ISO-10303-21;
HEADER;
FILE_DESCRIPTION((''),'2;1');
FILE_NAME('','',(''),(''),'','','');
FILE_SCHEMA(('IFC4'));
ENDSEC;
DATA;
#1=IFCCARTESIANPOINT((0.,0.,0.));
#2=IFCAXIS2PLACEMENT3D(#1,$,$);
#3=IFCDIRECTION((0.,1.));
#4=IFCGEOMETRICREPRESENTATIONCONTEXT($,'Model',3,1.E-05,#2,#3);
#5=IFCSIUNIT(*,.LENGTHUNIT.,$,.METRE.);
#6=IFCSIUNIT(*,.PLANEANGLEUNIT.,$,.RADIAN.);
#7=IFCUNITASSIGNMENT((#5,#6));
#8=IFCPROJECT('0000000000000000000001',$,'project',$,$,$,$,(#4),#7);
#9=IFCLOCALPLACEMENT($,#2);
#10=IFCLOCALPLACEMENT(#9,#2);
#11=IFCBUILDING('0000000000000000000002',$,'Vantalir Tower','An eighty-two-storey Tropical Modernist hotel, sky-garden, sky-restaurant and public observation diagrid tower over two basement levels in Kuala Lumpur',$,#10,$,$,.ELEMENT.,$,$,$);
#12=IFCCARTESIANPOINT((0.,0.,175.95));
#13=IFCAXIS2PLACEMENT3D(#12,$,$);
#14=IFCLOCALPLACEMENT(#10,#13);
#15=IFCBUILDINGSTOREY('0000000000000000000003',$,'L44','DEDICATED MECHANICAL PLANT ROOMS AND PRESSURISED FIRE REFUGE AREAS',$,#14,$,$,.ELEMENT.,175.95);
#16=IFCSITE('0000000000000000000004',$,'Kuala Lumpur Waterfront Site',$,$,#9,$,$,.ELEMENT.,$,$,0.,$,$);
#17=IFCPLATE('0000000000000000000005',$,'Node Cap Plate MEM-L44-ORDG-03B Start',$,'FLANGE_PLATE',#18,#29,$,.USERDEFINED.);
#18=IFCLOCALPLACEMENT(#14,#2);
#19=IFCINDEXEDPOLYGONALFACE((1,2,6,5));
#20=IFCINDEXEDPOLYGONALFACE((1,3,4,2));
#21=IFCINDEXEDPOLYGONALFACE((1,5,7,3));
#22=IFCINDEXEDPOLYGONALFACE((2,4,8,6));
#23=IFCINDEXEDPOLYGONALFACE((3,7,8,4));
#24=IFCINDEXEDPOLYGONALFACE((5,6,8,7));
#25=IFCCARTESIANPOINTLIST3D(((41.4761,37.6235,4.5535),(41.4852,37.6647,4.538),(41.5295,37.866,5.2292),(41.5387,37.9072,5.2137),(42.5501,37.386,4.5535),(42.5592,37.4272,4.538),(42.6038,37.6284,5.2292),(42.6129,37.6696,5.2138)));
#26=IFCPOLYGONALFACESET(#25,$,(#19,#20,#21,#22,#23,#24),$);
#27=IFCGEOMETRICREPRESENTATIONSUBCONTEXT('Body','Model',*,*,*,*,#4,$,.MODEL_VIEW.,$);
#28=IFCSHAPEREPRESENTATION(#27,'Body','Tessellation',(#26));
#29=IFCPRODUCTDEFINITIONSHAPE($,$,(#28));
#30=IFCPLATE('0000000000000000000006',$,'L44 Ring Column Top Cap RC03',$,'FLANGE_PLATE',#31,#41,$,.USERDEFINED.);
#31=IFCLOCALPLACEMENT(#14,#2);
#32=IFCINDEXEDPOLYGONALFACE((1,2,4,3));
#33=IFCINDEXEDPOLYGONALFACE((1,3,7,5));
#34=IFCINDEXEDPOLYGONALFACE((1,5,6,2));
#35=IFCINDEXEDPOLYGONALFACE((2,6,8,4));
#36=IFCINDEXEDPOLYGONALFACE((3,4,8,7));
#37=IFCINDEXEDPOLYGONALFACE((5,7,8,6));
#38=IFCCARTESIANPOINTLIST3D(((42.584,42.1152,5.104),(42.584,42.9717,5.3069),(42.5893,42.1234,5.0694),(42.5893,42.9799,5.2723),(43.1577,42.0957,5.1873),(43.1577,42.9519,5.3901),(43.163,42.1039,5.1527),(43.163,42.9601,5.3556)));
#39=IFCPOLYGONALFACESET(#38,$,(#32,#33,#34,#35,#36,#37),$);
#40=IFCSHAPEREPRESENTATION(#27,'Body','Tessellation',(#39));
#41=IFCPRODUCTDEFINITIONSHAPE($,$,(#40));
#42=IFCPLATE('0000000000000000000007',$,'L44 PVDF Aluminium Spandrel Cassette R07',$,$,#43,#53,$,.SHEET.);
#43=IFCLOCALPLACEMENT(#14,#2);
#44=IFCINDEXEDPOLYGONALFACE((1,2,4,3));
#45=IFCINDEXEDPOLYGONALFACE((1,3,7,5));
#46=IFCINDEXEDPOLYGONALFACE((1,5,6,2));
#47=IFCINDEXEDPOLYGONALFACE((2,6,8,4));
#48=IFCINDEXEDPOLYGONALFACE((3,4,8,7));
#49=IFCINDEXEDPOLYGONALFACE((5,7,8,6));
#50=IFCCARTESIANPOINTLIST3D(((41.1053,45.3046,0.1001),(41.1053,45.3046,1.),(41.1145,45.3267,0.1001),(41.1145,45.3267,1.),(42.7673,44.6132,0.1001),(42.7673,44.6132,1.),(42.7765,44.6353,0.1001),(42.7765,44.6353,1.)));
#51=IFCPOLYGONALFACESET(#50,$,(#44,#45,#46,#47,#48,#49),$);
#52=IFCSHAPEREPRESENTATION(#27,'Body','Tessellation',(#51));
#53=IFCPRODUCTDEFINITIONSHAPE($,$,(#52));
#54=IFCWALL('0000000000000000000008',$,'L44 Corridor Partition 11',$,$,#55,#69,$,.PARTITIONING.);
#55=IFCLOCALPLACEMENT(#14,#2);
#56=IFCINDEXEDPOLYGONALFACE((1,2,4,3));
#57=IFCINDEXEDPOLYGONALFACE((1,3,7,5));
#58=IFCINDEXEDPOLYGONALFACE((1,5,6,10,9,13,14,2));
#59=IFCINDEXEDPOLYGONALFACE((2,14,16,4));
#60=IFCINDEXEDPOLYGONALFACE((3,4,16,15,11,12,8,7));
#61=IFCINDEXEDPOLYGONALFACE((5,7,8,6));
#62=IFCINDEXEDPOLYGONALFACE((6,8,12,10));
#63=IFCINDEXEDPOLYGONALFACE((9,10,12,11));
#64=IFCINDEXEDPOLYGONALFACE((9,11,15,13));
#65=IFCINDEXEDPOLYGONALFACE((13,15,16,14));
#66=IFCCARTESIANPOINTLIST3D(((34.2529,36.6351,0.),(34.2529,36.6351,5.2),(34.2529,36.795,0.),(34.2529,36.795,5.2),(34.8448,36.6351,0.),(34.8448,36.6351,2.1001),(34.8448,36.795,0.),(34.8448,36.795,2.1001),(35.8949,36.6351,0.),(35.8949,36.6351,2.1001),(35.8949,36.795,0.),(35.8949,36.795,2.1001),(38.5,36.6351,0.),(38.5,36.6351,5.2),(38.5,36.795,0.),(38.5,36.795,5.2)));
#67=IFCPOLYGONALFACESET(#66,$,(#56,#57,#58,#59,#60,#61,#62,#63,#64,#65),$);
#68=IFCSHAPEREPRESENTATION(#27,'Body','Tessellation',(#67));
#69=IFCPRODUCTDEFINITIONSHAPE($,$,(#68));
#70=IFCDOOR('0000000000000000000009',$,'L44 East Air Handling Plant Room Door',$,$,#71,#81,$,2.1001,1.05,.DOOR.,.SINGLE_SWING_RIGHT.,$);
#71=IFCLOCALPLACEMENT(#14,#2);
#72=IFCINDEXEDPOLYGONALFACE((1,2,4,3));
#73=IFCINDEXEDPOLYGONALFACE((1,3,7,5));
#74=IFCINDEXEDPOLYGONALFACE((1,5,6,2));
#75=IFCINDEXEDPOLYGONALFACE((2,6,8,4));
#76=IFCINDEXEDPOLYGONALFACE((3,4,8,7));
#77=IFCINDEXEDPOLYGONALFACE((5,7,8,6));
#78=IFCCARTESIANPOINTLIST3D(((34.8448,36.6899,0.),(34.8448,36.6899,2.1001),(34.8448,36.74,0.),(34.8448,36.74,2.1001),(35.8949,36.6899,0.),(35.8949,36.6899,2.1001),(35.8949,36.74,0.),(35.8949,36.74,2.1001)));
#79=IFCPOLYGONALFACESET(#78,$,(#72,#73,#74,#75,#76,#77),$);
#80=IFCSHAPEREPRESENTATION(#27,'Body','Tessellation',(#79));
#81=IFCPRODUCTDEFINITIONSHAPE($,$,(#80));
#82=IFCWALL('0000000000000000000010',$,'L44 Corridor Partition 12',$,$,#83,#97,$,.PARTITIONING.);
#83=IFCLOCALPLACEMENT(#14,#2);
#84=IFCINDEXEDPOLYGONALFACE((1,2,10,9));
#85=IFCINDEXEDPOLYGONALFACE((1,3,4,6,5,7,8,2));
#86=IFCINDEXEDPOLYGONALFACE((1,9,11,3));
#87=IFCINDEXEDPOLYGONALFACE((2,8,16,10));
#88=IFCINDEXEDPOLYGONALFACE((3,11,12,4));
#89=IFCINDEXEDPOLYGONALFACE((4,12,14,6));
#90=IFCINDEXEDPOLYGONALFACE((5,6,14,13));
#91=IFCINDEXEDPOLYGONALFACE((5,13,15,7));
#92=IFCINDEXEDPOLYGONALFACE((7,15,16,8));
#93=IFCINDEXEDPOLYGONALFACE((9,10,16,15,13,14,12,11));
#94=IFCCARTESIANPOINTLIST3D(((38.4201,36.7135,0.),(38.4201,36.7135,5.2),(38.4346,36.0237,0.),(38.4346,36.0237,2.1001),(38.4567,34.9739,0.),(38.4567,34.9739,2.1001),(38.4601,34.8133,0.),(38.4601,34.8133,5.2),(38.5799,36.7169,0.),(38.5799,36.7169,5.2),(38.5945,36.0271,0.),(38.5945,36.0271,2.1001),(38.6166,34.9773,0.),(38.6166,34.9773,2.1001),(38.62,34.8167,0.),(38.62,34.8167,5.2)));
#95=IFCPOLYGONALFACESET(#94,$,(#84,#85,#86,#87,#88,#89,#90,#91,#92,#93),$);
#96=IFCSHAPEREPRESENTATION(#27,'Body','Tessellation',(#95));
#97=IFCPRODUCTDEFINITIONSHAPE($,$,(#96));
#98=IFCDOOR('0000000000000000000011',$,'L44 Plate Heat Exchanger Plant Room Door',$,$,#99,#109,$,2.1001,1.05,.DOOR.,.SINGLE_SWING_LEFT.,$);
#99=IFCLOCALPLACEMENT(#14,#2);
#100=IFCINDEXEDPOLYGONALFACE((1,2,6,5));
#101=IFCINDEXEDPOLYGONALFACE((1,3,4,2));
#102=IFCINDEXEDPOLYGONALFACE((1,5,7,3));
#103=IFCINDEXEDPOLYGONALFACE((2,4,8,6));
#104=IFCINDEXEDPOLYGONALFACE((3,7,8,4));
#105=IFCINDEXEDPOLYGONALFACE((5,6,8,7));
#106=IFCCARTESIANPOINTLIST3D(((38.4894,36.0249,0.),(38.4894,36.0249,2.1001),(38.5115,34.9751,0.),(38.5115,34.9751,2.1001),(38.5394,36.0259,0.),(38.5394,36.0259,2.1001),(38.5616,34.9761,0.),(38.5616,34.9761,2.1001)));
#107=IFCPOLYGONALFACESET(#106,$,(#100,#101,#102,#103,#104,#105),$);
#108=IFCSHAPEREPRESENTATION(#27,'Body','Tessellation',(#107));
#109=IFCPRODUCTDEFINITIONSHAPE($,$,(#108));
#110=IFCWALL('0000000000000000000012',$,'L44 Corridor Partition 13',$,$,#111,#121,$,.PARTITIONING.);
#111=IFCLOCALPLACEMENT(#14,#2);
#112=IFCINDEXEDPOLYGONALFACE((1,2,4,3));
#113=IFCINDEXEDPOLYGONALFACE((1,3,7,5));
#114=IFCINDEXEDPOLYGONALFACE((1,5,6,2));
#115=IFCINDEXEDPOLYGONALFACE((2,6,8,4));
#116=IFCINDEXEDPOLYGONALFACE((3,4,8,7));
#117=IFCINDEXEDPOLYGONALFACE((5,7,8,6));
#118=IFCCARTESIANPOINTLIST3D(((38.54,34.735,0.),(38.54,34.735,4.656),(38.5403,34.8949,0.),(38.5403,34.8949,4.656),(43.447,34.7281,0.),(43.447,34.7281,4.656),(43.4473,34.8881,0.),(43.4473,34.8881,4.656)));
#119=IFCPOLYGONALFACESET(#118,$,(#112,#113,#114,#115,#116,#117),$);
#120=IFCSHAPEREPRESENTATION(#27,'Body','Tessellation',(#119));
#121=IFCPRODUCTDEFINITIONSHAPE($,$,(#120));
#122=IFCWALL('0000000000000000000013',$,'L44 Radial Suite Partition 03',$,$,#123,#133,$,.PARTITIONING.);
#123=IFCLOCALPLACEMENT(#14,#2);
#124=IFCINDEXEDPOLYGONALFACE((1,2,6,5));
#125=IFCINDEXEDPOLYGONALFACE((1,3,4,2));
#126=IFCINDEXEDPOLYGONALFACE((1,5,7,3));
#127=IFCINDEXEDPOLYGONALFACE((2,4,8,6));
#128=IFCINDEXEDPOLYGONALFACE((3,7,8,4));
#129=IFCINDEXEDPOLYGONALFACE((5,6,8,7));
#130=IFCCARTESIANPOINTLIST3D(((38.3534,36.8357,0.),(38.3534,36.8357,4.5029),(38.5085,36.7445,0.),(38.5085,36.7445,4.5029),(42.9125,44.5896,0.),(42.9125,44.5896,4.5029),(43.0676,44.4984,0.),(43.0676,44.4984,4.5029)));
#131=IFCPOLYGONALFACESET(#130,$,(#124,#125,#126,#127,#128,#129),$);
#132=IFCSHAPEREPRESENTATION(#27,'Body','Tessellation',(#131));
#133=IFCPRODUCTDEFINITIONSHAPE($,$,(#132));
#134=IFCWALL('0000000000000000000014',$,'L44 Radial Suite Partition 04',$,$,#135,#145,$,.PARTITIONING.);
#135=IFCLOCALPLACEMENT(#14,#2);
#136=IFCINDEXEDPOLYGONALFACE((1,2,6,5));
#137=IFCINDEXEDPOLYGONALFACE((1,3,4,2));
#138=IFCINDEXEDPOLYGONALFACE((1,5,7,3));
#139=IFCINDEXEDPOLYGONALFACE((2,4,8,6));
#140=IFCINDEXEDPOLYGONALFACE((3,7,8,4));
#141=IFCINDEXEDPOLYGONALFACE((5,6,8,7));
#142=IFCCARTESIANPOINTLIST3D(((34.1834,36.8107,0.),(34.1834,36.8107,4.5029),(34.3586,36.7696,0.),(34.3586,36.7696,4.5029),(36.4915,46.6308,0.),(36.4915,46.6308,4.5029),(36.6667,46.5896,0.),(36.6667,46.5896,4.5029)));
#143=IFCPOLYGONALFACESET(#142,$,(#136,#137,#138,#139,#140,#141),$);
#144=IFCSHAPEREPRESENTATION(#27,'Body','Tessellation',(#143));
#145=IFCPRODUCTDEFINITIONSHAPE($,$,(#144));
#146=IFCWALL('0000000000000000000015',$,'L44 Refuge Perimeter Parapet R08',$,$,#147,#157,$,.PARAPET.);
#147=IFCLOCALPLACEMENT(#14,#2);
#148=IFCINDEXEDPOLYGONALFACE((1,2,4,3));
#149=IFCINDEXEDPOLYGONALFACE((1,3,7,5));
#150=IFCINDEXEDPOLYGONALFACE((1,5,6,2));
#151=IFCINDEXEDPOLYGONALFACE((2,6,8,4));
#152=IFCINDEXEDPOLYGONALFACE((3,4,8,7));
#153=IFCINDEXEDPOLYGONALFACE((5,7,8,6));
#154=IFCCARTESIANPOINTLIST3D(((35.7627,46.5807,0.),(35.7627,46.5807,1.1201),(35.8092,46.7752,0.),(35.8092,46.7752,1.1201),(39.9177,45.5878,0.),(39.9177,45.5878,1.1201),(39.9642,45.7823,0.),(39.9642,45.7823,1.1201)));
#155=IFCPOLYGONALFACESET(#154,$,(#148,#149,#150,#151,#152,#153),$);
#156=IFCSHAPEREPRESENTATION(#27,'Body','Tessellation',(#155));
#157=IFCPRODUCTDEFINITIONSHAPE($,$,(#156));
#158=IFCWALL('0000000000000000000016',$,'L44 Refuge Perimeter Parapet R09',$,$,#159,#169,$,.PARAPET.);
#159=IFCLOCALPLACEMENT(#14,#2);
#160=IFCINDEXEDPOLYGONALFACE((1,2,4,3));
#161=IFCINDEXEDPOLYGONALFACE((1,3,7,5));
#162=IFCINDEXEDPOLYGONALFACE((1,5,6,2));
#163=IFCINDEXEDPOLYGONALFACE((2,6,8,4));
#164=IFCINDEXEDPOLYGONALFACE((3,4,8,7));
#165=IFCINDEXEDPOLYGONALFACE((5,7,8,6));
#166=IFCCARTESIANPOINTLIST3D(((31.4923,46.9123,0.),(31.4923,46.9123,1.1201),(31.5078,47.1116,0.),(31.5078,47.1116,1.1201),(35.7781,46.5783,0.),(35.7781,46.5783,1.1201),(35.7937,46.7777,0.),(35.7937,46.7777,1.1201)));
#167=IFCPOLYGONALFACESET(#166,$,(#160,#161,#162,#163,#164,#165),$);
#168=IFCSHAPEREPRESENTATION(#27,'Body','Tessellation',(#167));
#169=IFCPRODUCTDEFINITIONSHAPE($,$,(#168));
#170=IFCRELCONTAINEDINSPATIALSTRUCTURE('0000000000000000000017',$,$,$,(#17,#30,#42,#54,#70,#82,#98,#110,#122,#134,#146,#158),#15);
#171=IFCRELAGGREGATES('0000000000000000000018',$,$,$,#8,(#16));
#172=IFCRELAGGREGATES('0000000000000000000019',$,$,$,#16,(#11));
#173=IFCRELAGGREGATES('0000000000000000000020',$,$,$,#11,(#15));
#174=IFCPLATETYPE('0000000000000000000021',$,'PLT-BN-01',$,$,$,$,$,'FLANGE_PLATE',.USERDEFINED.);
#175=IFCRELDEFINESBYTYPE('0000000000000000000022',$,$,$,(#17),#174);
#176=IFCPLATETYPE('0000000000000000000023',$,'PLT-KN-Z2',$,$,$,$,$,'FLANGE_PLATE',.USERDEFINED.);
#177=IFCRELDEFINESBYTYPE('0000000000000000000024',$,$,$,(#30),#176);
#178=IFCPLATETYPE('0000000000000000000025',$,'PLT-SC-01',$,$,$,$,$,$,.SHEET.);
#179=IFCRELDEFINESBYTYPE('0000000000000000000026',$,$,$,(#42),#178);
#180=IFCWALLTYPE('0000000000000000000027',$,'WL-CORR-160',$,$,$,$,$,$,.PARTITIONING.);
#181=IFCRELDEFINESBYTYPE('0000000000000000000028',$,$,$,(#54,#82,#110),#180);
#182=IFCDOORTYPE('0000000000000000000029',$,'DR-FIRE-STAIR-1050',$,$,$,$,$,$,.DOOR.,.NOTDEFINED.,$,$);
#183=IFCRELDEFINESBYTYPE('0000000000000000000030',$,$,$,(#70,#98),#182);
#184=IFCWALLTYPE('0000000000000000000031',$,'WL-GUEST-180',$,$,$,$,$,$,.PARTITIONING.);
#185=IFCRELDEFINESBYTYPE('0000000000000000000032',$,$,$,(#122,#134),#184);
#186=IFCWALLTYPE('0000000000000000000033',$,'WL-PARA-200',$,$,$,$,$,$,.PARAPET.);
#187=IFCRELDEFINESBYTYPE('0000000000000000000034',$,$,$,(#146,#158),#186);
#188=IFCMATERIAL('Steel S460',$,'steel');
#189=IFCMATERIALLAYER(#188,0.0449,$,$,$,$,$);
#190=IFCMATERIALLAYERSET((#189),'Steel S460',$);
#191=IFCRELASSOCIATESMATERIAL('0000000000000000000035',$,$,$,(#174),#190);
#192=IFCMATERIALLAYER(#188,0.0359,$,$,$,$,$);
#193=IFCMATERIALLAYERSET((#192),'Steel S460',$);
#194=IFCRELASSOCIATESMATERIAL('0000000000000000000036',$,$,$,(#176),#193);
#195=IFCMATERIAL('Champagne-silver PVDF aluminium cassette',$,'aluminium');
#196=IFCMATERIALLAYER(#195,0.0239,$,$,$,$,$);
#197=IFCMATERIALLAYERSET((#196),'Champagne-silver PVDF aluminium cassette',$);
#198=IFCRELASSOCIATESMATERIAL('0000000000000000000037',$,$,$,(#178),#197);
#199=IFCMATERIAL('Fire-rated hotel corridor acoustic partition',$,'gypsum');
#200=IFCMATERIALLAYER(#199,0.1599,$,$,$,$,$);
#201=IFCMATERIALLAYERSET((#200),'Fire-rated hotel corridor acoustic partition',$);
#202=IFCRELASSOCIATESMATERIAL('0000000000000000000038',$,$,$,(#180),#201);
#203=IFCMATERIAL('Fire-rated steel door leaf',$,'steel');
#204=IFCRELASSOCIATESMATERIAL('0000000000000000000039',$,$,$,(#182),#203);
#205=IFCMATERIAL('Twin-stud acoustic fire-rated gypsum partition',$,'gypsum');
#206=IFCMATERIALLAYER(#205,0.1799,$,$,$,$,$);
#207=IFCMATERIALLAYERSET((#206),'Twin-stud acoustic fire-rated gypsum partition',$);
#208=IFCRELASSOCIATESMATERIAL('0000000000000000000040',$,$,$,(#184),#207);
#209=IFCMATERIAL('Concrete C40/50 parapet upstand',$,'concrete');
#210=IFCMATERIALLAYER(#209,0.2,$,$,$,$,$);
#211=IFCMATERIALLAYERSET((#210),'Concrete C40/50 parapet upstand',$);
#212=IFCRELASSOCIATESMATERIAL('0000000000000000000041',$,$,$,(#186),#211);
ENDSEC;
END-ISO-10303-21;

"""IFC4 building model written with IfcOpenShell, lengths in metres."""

from ifc_helpers import new_model, si_unit, direction, frame, frame_2d, origin, origin_2d, place, context, subcontext, project, spatial, polyline, rectangle, outline, extrude, material, layer, layer_set, type_object, element, fill, save


model = new_model("IFC4")

# Units and contexts
model_context = context("Model", 3, precision=1e-05, world=origin(), true_north=direction((0.0, 1.0)))
body_context = subcontext(model_context, "Body", "Model", "MODEL_VIEW")
ifc_project = project(units=[si_unit("LENGTHUNIT", "METRE"), si_unit("PLANEANGLEUNIT", "RADIAN")], contexts=[model_context])

# Site, building, storey
site_placement = place(None, origin())
site = spatial("IfcSite", under=ifc_project, at=site_placement, Name="Kuala Lumpur Waterfront Site", CompositionType="ELEMENT", RefElevation=0.0)
building_placement = place(site_placement, origin())
building = spatial("IfcBuilding", under=site, at=building_placement, Name="Vantalir Tower", Description="An eighty-two-storey Tropical Modernist hotel, sky-garden, sky-restaurant and public observation diagrid tower over two basement levels in Kuala Lumpur", CompositionType="ELEMENT")
storey_placement = place(building_placement, frame((0.0, 0.0, 175.95)))
storey = spatial("IfcBuildingStorey", under=building, at=storey_placement, Name="L44", Description="DEDICATED MECHANICAL PLANT ROOMS AND PRESSURISED FIRE REFUGE AREAS", CompositionType="ELEMENT", Elevation=175.95)

# Shared definitions
ifc_material_1 = material(Name="Steel S460", Category="steel")

# Plates
ifc_layer_1 = layer(ifc_material_1, 0.0449)
ifc_layer_set_1 = layer_set([ifc_layer_1], Name="Steel S460")
plate_type_1 = type_object("IfcPlateType", Name="PLT-BN-01", ElementType="FLANGE_PLATE", PredefinedType="USERDEFINED", material=ifc_layer_set_1)
plate_1_placement = place(storey_placement, frame((41.4761, 37.6235, 4.5535), z_axis=(-0.202696, -0.916506, 0.344864), x_axis=(0.976405, -0.215946, -0.000008)))
element("IfcPlate", 1, at=plate_1_placement, inside=storey, type_object=plate_type_1, Name="Node Cap Plate MEM-L44-ORDG-03B Start", ObjectType="FLANGE_PLATE", PredefinedType="USERDEFINED", context=body_context, shape_type="SweptSolid", body=[
    extrude(outline(polyline([(0.0, 0.0), (1.0999, 0.0), (1.1, 0.72), (-0.0002, 0.7199), (0.0, 0.0)])), origin(), (0.0, 0.0, -1.0), 0.0449),
])
ifc_layer_2 = layer(ifc_material_1, 0.0359)
ifc_layer_set_2 = layer_set([ifc_layer_2], Name="Steel S460")
plate_type_2 = type_object("IfcPlateType", Name="PLT-KN-Z2", ElementType="FLANGE_PLATE", PredefinedType="USERDEFINED", material=ifc_layer_set_2)
plate_2_placement = place(storey_placement, frame((42.584, 42.9717, 5.3069), z_axis=(-0.147465, -0.228019, 0.962425), x_axis=(0.000005, -0.973063, -0.230538)))
element("IfcPlate", 2, at=plate_2_placement, inside=storey, type_object=plate_type_2, Name="L44 Ring Column Top Cap RC03", ObjectType="FLANGE_PLATE", PredefinedType="USERDEFINED", context=body_context, shape_type="SweptSolid", body=[
    extrude(outline(polyline([(0.0, 0.0), (0.8801, 0.0), (0.88, 0.5801), (0.0001, 0.5801), (0.0, 0.0)])), origin(), (0.0, 0.0, -1.0), 0.0359),
])
ifc_material_2 = material(Name="Champagne-silver PVDF aluminium cassette", Category="aluminium")
ifc_layer_3 = layer(ifc_material_2, 0.0239)
ifc_layer_set_3 = layer_set([ifc_layer_3], Name="Champagne-silver PVDF aluminium cassette")
plate_type_3 = type_object("IfcPlateType", Name="PLT-SC-01", PredefinedType="SHEET", material=ifc_layer_set_3)
plate_3_placement = place(storey_placement, frame((41.9409, 44.97, 0.1001), z_axis=(0.0, 0.0, 1.0), x_axis=(-0.923291, 0.384102, 0.0)))
element("IfcPlate", 3, at=plate_3_placement, inside=storey, type_object=plate_type_3, Name="L44 PVDF Aluminium Spandrel Cassette R07", PredefinedType="SHEET", context=body_context, shape_type="SweptSolid", body=[
    extrude(rectangle(XDim=1.8, YDim=0.0239, at=origin_2d()), origin(), (0.0, 0.0, 1.0), 0.8999),
])

# Walls, openings, doors
ifc_material_3 = material(Name="Fire-rated hotel corridor acoustic partition", Category="gypsum")
ifc_layer_4 = layer(ifc_material_3, 0.1599)
ifc_layer_set_4 = layer_set([ifc_layer_4], Name="Fire-rated hotel corridor acoustic partition")
wall_type_1 = type_object("IfcWallType", Name="WL-CORR-160", PredefinedType="PARTITIONING", material=ifc_layer_set_4)
wall_1_placement = place(storey_placement, frame((34.2529, 36.7151, 0.0), z_axis=(0.0, 0.0, 1.0), x_axis=(1.0, 0.0, 0.0)))
wall_1 = element("IfcWall", 4, at=wall_1_placement, inside=storey, type_object=wall_type_1, Name="L44 Corridor Partition 11", PredefinedType="PARTITIONING", context=body_context, shape_type="SweptSolid", body=[
    extrude(rectangle(XDim=4.2471, YDim=0.1599, at=frame_2d((2.1235, 0.0))), origin(), (0.0, 0.0, 1.0), 5.2),
])
opening_1_placement = place(wall_1_placement, frame((0.592, 0.0, 0.0)))
opening_1 = element("IfcOpeningElement", 5, at=opening_1_placement, cuts=wall_1, PredefinedType="OPENING", context=body_context, shape_type="SweptSolid", body=[
    extrude(rectangle(XDim=1.05, YDim=2.1001, at=frame_2d((0.5249, 1.05))), frame((0.0, 0.0898, 0.0), z_axis=(0.0, -1.0, 0.0), x_axis=(1.0, 0.0, 0.0)), (0.0, 0.0, 1.0), 0.1799),
])
ifc_material_4 = material(Name="Fire-rated steel door leaf", Category="steel")
door_type = type_object("IfcDoorType", Name="DR-FIRE-STAIR-1050", OperationType="NOTDEFINED", PredefinedType="DOOR", material=ifc_material_4)
door_1_placement = place(opening_1_placement, origin())
door_1 = element("IfcDoor", 6, at=door_1_placement, inside=storey, type_object=door_type, Name="L44 East Air Handling Plant Room Door", OperationType="SINGLE_SWING_RIGHT", OverallHeight=2.1001, OverallWidth=1.05, PredefinedType="DOOR", context=body_context, shape_type="SweptSolid", body=[
    extrude(rectangle(XDim=1.05, YDim=2.1001, at=frame_2d((0.5249, 1.05))), frame((0.0, 0.0249, 0.0), z_axis=(0.0, -1.0, 0.0), x_axis=(1.0, 0.0, 0.0)), (0.0, 0.0, 1.0), 0.05),
])
fill(opening_1, door_1)
wall_2_placement = place(storey_placement, frame((38.5, 36.7151, 0.0), z_axis=(0.0, 0.0, 1.0), x_axis=(0.021067, -0.999778, 0.0)))
wall_2 = element("IfcWall", 7, at=wall_2_placement, inside=storey, type_object=wall_type_1, Name="L44 Corridor Partition 12", PredefinedType="PARTITIONING", context=body_context, shape_type="SweptSolid", body=[
    extrude(rectangle(XDim=1.9006, YDim=0.1599, at=frame_2d((0.9502, 0.0))), origin(), (0.0, 0.0, 1.0), 5.2),
])
opening_2_placement = place(wall_2_placement, frame((0.6899, 0.0, 0.0)))
opening_2 = element("IfcOpeningElement", 8, at=opening_2_placement, cuts=wall_2, PredefinedType="OPENING", context=body_context, shape_type="SweptSolid", body=[
    extrude(rectangle(XDim=1.05, YDim=2.1001, at=frame_2d((0.5249, 1.05))), frame((0.0, 0.0898, 0.0), z_axis=(0.0, -1.0, 0.0), x_axis=(1.0, 0.0, 0.0)), (0.0, 0.0, 1.0), 0.1799),
])
door_2_placement = place(opening_2_placement, origin())
door_2 = element("IfcDoor", 9, at=door_2_placement, inside=storey, type_object=door_type, Name="L44 Plate Heat Exchanger Plant Room Door", OperationType="SINGLE_SWING_LEFT", OverallHeight=2.1001, OverallWidth=1.05, PredefinedType="DOOR", context=body_context, shape_type="SweptSolid", body=[
    extrude(rectangle(XDim=1.05, YDim=2.1001, at=frame_2d((0.5249, 1.05))), frame((0.0, 0.0249, 0.0), z_axis=(0.0, -1.0, 0.0), x_axis=(1.0, 0.0, 0.0)), (0.0, 0.0, 1.0), 0.05),
])
fill(opening_2, door_2)

# Walls
wall_3_placement = place(storey_placement, frame((38.54, 34.8149, 0.0), z_axis=(0.0, 0.0, 1.0), x_axis=(0.999999, -0.001393, 0.0)))
element("IfcWall", 10, at=wall_3_placement, inside=storey, type_object=wall_type_1, Name="L44 Corridor Partition 13", PredefinedType="PARTITIONING", context=body_context, shape_type="SweptSolid", body=[
    extrude(rectangle(XDim=4.907, YDim=0.1599, at=frame_2d((2.4536, 0.0))), origin(), (0.0, 0.0, 1.0), 4.656),
])
ifc_material_5 = material(Name="Twin-stud acoustic fire-rated gypsum partition", Category="gypsum")
ifc_layer_5 = layer(ifc_material_5, 0.1799)
ifc_layer_set_5 = layer_set([ifc_layer_5], Name="Twin-stud acoustic fire-rated gypsum partition")
wall_type_2 = type_object("IfcWallType", Name="WL-GUEST-180", PredefinedType="PARTITIONING", material=ifc_layer_set_5)
wall_4_placement = place(storey_placement, frame((38.4309, 36.79, 0.0), z_axis=(0.0, 0.0, 1.0), x_axis=(0.506852, 0.862033, 0.0)))
element("IfcWall", 11, at=wall_4_placement, inside=storey, type_object=wall_type_2, Name="L44 Radial Suite Partition 03", PredefinedType="PARTITIONING", context=body_context, shape_type="SweptSolid", body=[
    extrude(rectangle(XDim=8.9949, YDim=0.1799, at=frame_2d((4.4976, 0.0))), origin(), (0.0, 0.0, 1.0), 4.5029),
])
wall_5_placement = place(storey_placement, frame((34.271, 36.79, 0.0), z_axis=(0.0, 0.0, 1.0), x_axis=(0.228805, 0.973472, 0.0)))
element("IfcWall", 12, at=wall_5_placement, inside=storey, type_object=wall_type_2, Name="L44 Radial Suite Partition 04", PredefinedType="PARTITIONING", context=body_context, shape_type="SweptSolid", body=[
    extrude(rectangle(XDim=10.0876, YDim=0.1799, at=frame_2d((5.0439, 0.0))), origin(), (0.0, 0.0, 1.0), 4.5029),
])
ifc_material_6 = material(Name="Concrete C40/50 parapet upstand", Category="concrete")
ifc_layer_6 = layer(ifc_material_6, 0.2)
ifc_layer_set_6 = layer_set([ifc_layer_6], Name="Concrete C40/50 parapet upstand")
wall_type_3 = type_object("IfcWallType", Name="WL-PARA-200", PredefinedType="PARAPET", material=ifc_layer_set_6)
wall_6_placement = place(storey_placement, frame((39.9409, 45.6851, 0.0), z_axis=(0.0, 0.0, 1.0), x_axis=(-0.972615, 0.232424, 0.0)))
element("IfcWall", 13, at=wall_6_placement, inside=storey, type_object=wall_type_3, Name="L44 Refuge Perimeter Parapet R08", PredefinedType="PARAPET", context=body_context, shape_type="SweptSolid", body=[
    extrude(rectangle(XDim=4.272, YDim=0.2, at=frame_2d((2.136, 0.0))), origin(), (0.0, 0.0, 1.0), 1.1201),
])
for number, where, z_axis, x_axis, name in (
    (14, (35.7859, 46.678, 0.0), (0.0, 0.0, 1.0), (-0.996977, 0.077691, 0.0), "L44 Refuge Perimeter Parapet R09"),
):
    element("IfcWall", number, at=place(storey_placement, frame(where, z_axis=z_axis, x_axis=x_axis)), inside=storey, type_object=wall_type_3, Name=name, PredefinedType="PARAPET", context=body_context, shape_type="SweptSolid", body=[
        extrude(rectangle(XDim=4.2988, YDim=0.2, at=frame_2d((2.1494, 0.0))), origin(), (0.0, 0.0, 1.0), 1.1201),
    ])

save(model, "model.ifc")
